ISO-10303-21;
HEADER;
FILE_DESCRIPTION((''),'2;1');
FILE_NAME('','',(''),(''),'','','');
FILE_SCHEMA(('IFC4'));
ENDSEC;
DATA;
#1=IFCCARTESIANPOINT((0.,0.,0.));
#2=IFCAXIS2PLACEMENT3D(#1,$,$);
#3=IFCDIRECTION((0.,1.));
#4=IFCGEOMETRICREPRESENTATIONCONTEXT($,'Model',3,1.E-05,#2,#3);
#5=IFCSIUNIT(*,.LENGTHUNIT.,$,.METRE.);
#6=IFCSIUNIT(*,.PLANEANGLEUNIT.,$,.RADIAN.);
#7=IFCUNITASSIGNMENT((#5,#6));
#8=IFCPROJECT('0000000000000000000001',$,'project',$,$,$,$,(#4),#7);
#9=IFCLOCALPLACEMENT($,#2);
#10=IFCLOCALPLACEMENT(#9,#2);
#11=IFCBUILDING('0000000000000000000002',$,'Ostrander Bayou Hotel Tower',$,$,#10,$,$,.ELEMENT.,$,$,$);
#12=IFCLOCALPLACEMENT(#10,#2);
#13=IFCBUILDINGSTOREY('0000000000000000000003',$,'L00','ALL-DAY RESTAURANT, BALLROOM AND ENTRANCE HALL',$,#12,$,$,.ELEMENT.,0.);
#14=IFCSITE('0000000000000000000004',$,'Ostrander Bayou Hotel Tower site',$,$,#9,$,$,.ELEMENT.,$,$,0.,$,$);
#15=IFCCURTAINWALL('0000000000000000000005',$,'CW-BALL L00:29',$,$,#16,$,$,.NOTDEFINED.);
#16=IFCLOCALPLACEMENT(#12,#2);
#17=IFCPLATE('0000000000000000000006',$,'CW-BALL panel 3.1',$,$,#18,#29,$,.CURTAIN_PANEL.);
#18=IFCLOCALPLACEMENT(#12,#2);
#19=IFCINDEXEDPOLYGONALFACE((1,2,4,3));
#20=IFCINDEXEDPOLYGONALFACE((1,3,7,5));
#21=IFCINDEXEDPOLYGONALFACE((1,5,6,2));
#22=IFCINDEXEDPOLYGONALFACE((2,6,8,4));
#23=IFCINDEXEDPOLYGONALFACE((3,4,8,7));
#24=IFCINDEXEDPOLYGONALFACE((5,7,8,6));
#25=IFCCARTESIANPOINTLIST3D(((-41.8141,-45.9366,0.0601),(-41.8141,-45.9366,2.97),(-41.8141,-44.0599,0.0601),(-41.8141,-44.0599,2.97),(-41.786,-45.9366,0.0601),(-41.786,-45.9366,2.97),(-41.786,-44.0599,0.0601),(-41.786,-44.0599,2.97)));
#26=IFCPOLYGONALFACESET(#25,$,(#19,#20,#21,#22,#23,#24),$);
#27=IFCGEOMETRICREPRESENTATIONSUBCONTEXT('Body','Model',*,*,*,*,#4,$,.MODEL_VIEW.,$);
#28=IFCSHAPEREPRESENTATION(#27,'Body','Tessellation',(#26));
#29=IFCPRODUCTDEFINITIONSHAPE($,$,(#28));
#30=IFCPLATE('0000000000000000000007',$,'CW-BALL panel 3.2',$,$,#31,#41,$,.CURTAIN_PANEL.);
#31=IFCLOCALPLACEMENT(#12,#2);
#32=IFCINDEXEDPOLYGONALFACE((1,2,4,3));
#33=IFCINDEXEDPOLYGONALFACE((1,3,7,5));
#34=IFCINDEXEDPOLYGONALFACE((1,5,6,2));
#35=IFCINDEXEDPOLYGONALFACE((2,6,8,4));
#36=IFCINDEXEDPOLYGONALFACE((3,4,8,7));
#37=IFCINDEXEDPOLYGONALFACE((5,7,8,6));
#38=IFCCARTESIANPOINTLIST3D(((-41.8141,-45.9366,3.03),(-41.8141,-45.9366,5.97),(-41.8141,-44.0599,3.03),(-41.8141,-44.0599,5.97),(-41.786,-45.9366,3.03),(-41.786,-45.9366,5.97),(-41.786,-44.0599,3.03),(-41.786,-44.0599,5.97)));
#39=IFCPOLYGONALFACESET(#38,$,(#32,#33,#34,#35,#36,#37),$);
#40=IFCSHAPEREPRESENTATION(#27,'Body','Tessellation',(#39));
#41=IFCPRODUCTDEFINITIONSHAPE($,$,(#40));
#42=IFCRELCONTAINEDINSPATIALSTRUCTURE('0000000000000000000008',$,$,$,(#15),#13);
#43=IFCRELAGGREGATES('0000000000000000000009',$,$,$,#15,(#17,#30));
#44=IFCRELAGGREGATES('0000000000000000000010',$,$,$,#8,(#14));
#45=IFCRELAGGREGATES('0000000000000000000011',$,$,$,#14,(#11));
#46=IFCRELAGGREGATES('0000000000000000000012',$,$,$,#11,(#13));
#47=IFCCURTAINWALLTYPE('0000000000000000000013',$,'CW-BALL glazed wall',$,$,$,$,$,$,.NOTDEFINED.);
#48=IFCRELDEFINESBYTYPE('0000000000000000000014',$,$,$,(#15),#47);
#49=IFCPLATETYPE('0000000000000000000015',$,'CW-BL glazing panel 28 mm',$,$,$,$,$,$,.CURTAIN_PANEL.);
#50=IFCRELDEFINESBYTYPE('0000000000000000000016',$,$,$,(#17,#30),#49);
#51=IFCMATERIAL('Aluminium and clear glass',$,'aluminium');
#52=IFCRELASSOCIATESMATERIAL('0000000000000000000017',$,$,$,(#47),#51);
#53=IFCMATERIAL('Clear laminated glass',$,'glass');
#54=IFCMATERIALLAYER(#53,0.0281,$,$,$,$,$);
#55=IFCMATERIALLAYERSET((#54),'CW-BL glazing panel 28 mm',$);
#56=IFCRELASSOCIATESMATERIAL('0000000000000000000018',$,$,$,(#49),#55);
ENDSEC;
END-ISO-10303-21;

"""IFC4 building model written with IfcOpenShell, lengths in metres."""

from ifc_helpers import new_model, si_unit, direction, frame, origin, origin_2d, place, context, subcontext, project, spatial, rectangle, extrude, material, layer, layer_set, type_object, element, aggregate, save


model = new_model("IFC4")

# Units and contexts
model_context = context("Model", 3, precision=1e-05, world=origin(), true_north=direction((0.0, 1.0)))
body_context = subcontext(model_context, "Body", "Model", "MODEL_VIEW")
ifc_project = project(units=[si_unit("LENGTHUNIT", "METRE"), si_unit("PLANEANGLEUNIT", "RADIAN")], contexts=[model_context])

# Site, building, storey
site_placement = place(None, origin())
site = spatial("IfcSite", under=ifc_project, at=site_placement, Name="Ostrander Bayou Hotel Tower site", CompositionType="ELEMENT", RefElevation=0.0)
building_placement = place(site_placement, origin())
building = spatial("IfcBuilding", under=site, at=building_placement, Name="Ostrander Bayou Hotel Tower", CompositionType="ELEMENT")
storey_placement = place(building_placement, origin())
storey = spatial("IfcBuildingStorey", under=building, at=storey_placement, Name="L00", Description="ALL-DAY RESTAURANT, BALLROOM AND ENTRANCE HALL", CompositionType="ELEMENT", Elevation=0.0)

# Curtain wall
ifc_material_1 = material(Name="Aluminium and clear glass", Category="aluminium")
curtain_wall_type = type_object("IfcCurtainWallType", Name="CW-BALL glazed wall", PredefinedType="NOTDEFINED", material=ifc_material_1)
curtain_wall_1_placement = place(storey_placement, origin())
curtain_wall_1 = element("IfcCurtainWall", 1, at=curtain_wall_1_placement, inside=storey, type_object=curtain_wall_type, Name="CW-BALL L00:29", PredefinedType="NOTDEFINED")

# Plates
ifc_material_2 = material(Name="Clear laminated glass", Category="glass")
ifc_layer = layer(ifc_material_2, 0.0281)
ifc_layer_set = layer_set([ifc_layer], Name="CW-BL glazing panel 28 mm")
plate_type = type_object("IfcPlateType", Name="CW-BL glazing panel 28 mm", PredefinedType="CURTAIN_PANEL", material=ifc_layer_set)
plate_1_placement = place(storey_placement, frame((-41.8, -44.9983, 0.0601), z_axis=(0.0, 0.0, 1.0), x_axis=(0.0, 1.0, 0.0)))
plate_1 = element("IfcPlate", 2, at=plate_1_placement, type_object=plate_type, Name="CW-BALL panel 3.1", PredefinedType="CURTAIN_PANEL", context=body_context, shape_type="SweptSolid", body=[
    extrude(rectangle(XDim=1.8767, YDim=0.0281, at=origin_2d()), origin(), (0.0, 0.0, 1.0), 2.9099),
])
plate_2_placement = place(storey_placement, frame((-41.8, -44.9983, 3.03), z_axis=(0.0, 0.0, 1.0), x_axis=(0.0, 1.0, 0.0)))
plate_2 = element("IfcPlate", 3, at=plate_2_placement, type_object=plate_type, Name="CW-BALL panel 3.2", PredefinedType="CURTAIN_PANEL", context=body_context, shape_type="SweptSolid", body=[
    extrude(rectangle(XDim=1.8767, YDim=0.0281, at=origin_2d()), origin(), (0.0, 0.0, 1.0), 2.9399),
])
aggregate(curtain_wall_1, [plate_1, plate_2])

save(model, "model.ifc")
